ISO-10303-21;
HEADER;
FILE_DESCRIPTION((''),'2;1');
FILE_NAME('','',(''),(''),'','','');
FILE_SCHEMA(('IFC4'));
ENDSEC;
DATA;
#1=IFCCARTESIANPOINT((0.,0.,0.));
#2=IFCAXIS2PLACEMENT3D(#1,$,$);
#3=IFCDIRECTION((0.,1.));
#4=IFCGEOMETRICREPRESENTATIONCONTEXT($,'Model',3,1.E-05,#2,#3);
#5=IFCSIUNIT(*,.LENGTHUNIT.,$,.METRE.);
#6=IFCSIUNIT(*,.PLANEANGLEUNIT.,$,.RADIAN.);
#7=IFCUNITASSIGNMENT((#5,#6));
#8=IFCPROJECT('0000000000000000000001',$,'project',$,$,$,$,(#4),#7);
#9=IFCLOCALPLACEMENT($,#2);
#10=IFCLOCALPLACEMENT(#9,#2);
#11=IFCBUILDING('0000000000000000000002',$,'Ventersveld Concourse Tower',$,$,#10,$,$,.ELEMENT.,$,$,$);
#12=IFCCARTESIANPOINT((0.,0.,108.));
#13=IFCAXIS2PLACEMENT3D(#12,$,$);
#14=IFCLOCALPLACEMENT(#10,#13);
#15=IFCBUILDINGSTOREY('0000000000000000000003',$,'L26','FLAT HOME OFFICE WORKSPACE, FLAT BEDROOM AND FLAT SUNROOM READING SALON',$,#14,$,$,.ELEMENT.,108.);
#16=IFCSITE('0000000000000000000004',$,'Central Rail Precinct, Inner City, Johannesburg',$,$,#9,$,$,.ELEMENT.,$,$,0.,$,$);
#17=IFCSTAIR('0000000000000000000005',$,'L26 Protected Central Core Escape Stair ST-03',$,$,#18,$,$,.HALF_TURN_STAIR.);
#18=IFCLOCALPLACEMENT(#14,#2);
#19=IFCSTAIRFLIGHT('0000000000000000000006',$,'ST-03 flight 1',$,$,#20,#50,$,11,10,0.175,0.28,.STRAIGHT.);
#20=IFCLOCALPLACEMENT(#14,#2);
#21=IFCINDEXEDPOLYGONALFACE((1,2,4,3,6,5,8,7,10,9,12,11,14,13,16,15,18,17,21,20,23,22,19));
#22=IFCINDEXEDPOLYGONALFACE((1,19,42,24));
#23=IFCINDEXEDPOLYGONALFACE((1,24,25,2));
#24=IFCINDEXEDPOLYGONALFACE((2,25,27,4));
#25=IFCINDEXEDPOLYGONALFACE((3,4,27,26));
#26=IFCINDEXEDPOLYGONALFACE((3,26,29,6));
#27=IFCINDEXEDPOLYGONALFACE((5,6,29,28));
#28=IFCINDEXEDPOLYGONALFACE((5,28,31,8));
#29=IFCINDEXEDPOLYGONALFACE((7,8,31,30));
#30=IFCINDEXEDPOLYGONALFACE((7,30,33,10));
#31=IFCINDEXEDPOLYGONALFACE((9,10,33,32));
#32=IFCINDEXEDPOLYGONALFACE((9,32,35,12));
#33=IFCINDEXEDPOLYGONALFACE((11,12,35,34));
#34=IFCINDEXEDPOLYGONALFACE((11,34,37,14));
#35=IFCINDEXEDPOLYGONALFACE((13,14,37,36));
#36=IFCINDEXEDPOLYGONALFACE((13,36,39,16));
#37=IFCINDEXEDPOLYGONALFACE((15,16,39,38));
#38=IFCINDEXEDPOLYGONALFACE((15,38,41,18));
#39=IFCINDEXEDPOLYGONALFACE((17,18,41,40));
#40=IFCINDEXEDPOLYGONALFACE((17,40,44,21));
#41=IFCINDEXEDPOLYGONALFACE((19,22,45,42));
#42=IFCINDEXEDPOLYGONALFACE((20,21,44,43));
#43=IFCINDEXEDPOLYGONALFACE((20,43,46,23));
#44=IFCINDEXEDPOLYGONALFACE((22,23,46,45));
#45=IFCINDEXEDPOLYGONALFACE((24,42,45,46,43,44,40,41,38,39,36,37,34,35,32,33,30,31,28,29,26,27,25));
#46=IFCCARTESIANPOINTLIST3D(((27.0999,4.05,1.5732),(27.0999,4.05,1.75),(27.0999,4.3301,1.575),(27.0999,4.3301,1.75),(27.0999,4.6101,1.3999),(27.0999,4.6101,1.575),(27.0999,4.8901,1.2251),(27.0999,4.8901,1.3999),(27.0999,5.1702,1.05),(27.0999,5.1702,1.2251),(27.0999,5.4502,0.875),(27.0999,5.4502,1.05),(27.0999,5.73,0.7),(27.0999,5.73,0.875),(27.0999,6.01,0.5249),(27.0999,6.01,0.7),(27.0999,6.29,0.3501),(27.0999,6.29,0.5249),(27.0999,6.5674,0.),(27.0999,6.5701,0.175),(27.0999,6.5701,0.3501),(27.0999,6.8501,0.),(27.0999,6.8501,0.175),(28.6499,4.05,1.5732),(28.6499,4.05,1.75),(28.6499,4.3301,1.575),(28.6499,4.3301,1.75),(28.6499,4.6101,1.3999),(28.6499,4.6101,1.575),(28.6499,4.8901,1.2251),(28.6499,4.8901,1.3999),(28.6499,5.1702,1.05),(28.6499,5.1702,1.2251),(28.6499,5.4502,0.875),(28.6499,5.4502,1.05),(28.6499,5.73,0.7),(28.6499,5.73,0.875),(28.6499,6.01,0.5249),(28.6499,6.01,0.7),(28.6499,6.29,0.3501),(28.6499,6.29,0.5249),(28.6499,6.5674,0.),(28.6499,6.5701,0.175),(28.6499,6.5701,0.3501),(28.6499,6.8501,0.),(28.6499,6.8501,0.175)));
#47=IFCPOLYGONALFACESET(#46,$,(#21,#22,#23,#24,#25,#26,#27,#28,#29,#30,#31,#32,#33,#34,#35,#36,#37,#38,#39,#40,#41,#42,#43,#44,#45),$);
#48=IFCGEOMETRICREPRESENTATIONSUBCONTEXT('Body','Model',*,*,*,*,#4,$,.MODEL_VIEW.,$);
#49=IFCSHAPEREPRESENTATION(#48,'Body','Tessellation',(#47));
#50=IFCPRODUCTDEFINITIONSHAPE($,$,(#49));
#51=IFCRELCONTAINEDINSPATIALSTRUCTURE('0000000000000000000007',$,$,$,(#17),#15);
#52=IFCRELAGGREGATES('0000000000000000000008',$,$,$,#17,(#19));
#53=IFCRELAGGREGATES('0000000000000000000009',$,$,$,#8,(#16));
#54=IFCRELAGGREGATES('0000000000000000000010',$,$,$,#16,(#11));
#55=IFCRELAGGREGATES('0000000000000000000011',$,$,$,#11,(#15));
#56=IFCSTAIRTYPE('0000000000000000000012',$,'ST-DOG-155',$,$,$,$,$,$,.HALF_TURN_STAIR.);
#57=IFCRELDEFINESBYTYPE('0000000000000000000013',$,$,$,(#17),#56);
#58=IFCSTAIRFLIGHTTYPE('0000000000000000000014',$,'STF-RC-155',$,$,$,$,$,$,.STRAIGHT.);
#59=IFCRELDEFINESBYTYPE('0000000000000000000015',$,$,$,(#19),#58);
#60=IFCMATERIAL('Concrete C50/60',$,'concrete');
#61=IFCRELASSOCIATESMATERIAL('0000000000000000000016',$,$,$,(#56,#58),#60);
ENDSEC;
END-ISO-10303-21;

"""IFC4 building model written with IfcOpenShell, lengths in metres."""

from ifc_helpers import new_model, si_unit, direction, frame, origin, place, context, subcontext, project, spatial, polyline, outline, extrude, material, type_object, element, aggregate, save


model = new_model("IFC4")

# Units and contexts
model_context = context("Model", 3, precision=1e-05, world=origin(), true_north=direction((0.0, 1.0)))
body_context = subcontext(model_context, "Body", "Model", "MODEL_VIEW")
ifc_project = project(units=[si_unit("LENGTHUNIT", "METRE"), si_unit("PLANEANGLEUNIT", "RADIAN")], contexts=[model_context])

# Site, building, storey
site_placement = place(None, origin())
site = spatial("IfcSite", under=ifc_project, at=site_placement, Name="Central Rail Precinct, Inner City, Johannesburg", CompositionType="ELEMENT", RefElevation=0.0)
building_placement = place(site_placement, origin())
building = spatial("IfcBuilding", under=site, at=building_placement, Name="Ventersveld Concourse Tower", CompositionType="ELEMENT")
storey_placement = place(building_placement, frame((0.0, 0.0, 108.0)))
storey = spatial("IfcBuildingStorey", under=building, at=storey_placement, Name="L26", Description="FLAT HOME OFFICE WORKSPACE, FLAT BEDROOM AND FLAT SUNROOM READING SALON", CompositionType="ELEMENT", Elevation=108.0)

# Shared definitions
ifc_material_1 = material(Name="Concrete C50/60", Category="concrete")

# Stair, stair flight
stair_type = type_object("IfcStairType", Name="ST-DOG-155", PredefinedType="HALF_TURN_STAIR", material=ifc_material_1)
stair_placement = place(storey_placement, origin())
stair = element("IfcStair", 1, at=stair_placement, inside=storey, type_object=stair_type, Name="L26 Protected Central Core Escape Stair ST-03", PredefinedType="HALF_TURN_STAIR")
stair_flight_type = type_object("IfcStairFlightType", Name="STF-RC-155", PredefinedType="STRAIGHT", material=ifc_material_1)
stair_flight_placement = place(storey_placement, frame((27.875, 6.8501, 0.0), z_axis=(0.0, 0.0, 1.0), x_axis=(0.0, -1.0, 0.0)))
stair_flight = element("IfcStairFlight", 2, at=stair_flight_placement, type_object=stair_flight_type, Name="ST-03 flight 1", NumberOfRisers=11, NumberOfTreads=10, PredefinedType="STRAIGHT", RiserHeight=0.175, TreadLength=0.28, context=body_context, shape_type="SweptSolid", body=[
    extrude(outline(polyline([(0.0, 0.0), (0.0, 0.175), (0.28, 0.175), (0.28, 0.3501), (0.5601, 0.3501), (0.5601, 0.5249), (0.8401, 0.5249), (0.8401, 0.7), (1.1201, 0.7), (1.1201, 0.875), (1.3999, 0.875), (1.3999, 1.05), (1.6799, 1.05), (1.6799, 1.2251), (1.96, 1.2251), (1.96, 1.3999), (2.24, 1.3999), (2.24, 1.575), (2.52, 1.575), (2.52, 1.75), (2.8, 1.75), (2.8, 1.925), (2.8, 1.5732), (0.2827, 0.0), (0.0, 0.0)])), frame((0.0, 0.7749, 0.0), z_axis=(0.0, -1.0, 0.0), x_axis=(1.0, 0.0, 0.0)), (0.0, 0.0, 1.0), 1.55),
])
aggregate(stair, [stair_flight])

save(model, "model.ifc")
